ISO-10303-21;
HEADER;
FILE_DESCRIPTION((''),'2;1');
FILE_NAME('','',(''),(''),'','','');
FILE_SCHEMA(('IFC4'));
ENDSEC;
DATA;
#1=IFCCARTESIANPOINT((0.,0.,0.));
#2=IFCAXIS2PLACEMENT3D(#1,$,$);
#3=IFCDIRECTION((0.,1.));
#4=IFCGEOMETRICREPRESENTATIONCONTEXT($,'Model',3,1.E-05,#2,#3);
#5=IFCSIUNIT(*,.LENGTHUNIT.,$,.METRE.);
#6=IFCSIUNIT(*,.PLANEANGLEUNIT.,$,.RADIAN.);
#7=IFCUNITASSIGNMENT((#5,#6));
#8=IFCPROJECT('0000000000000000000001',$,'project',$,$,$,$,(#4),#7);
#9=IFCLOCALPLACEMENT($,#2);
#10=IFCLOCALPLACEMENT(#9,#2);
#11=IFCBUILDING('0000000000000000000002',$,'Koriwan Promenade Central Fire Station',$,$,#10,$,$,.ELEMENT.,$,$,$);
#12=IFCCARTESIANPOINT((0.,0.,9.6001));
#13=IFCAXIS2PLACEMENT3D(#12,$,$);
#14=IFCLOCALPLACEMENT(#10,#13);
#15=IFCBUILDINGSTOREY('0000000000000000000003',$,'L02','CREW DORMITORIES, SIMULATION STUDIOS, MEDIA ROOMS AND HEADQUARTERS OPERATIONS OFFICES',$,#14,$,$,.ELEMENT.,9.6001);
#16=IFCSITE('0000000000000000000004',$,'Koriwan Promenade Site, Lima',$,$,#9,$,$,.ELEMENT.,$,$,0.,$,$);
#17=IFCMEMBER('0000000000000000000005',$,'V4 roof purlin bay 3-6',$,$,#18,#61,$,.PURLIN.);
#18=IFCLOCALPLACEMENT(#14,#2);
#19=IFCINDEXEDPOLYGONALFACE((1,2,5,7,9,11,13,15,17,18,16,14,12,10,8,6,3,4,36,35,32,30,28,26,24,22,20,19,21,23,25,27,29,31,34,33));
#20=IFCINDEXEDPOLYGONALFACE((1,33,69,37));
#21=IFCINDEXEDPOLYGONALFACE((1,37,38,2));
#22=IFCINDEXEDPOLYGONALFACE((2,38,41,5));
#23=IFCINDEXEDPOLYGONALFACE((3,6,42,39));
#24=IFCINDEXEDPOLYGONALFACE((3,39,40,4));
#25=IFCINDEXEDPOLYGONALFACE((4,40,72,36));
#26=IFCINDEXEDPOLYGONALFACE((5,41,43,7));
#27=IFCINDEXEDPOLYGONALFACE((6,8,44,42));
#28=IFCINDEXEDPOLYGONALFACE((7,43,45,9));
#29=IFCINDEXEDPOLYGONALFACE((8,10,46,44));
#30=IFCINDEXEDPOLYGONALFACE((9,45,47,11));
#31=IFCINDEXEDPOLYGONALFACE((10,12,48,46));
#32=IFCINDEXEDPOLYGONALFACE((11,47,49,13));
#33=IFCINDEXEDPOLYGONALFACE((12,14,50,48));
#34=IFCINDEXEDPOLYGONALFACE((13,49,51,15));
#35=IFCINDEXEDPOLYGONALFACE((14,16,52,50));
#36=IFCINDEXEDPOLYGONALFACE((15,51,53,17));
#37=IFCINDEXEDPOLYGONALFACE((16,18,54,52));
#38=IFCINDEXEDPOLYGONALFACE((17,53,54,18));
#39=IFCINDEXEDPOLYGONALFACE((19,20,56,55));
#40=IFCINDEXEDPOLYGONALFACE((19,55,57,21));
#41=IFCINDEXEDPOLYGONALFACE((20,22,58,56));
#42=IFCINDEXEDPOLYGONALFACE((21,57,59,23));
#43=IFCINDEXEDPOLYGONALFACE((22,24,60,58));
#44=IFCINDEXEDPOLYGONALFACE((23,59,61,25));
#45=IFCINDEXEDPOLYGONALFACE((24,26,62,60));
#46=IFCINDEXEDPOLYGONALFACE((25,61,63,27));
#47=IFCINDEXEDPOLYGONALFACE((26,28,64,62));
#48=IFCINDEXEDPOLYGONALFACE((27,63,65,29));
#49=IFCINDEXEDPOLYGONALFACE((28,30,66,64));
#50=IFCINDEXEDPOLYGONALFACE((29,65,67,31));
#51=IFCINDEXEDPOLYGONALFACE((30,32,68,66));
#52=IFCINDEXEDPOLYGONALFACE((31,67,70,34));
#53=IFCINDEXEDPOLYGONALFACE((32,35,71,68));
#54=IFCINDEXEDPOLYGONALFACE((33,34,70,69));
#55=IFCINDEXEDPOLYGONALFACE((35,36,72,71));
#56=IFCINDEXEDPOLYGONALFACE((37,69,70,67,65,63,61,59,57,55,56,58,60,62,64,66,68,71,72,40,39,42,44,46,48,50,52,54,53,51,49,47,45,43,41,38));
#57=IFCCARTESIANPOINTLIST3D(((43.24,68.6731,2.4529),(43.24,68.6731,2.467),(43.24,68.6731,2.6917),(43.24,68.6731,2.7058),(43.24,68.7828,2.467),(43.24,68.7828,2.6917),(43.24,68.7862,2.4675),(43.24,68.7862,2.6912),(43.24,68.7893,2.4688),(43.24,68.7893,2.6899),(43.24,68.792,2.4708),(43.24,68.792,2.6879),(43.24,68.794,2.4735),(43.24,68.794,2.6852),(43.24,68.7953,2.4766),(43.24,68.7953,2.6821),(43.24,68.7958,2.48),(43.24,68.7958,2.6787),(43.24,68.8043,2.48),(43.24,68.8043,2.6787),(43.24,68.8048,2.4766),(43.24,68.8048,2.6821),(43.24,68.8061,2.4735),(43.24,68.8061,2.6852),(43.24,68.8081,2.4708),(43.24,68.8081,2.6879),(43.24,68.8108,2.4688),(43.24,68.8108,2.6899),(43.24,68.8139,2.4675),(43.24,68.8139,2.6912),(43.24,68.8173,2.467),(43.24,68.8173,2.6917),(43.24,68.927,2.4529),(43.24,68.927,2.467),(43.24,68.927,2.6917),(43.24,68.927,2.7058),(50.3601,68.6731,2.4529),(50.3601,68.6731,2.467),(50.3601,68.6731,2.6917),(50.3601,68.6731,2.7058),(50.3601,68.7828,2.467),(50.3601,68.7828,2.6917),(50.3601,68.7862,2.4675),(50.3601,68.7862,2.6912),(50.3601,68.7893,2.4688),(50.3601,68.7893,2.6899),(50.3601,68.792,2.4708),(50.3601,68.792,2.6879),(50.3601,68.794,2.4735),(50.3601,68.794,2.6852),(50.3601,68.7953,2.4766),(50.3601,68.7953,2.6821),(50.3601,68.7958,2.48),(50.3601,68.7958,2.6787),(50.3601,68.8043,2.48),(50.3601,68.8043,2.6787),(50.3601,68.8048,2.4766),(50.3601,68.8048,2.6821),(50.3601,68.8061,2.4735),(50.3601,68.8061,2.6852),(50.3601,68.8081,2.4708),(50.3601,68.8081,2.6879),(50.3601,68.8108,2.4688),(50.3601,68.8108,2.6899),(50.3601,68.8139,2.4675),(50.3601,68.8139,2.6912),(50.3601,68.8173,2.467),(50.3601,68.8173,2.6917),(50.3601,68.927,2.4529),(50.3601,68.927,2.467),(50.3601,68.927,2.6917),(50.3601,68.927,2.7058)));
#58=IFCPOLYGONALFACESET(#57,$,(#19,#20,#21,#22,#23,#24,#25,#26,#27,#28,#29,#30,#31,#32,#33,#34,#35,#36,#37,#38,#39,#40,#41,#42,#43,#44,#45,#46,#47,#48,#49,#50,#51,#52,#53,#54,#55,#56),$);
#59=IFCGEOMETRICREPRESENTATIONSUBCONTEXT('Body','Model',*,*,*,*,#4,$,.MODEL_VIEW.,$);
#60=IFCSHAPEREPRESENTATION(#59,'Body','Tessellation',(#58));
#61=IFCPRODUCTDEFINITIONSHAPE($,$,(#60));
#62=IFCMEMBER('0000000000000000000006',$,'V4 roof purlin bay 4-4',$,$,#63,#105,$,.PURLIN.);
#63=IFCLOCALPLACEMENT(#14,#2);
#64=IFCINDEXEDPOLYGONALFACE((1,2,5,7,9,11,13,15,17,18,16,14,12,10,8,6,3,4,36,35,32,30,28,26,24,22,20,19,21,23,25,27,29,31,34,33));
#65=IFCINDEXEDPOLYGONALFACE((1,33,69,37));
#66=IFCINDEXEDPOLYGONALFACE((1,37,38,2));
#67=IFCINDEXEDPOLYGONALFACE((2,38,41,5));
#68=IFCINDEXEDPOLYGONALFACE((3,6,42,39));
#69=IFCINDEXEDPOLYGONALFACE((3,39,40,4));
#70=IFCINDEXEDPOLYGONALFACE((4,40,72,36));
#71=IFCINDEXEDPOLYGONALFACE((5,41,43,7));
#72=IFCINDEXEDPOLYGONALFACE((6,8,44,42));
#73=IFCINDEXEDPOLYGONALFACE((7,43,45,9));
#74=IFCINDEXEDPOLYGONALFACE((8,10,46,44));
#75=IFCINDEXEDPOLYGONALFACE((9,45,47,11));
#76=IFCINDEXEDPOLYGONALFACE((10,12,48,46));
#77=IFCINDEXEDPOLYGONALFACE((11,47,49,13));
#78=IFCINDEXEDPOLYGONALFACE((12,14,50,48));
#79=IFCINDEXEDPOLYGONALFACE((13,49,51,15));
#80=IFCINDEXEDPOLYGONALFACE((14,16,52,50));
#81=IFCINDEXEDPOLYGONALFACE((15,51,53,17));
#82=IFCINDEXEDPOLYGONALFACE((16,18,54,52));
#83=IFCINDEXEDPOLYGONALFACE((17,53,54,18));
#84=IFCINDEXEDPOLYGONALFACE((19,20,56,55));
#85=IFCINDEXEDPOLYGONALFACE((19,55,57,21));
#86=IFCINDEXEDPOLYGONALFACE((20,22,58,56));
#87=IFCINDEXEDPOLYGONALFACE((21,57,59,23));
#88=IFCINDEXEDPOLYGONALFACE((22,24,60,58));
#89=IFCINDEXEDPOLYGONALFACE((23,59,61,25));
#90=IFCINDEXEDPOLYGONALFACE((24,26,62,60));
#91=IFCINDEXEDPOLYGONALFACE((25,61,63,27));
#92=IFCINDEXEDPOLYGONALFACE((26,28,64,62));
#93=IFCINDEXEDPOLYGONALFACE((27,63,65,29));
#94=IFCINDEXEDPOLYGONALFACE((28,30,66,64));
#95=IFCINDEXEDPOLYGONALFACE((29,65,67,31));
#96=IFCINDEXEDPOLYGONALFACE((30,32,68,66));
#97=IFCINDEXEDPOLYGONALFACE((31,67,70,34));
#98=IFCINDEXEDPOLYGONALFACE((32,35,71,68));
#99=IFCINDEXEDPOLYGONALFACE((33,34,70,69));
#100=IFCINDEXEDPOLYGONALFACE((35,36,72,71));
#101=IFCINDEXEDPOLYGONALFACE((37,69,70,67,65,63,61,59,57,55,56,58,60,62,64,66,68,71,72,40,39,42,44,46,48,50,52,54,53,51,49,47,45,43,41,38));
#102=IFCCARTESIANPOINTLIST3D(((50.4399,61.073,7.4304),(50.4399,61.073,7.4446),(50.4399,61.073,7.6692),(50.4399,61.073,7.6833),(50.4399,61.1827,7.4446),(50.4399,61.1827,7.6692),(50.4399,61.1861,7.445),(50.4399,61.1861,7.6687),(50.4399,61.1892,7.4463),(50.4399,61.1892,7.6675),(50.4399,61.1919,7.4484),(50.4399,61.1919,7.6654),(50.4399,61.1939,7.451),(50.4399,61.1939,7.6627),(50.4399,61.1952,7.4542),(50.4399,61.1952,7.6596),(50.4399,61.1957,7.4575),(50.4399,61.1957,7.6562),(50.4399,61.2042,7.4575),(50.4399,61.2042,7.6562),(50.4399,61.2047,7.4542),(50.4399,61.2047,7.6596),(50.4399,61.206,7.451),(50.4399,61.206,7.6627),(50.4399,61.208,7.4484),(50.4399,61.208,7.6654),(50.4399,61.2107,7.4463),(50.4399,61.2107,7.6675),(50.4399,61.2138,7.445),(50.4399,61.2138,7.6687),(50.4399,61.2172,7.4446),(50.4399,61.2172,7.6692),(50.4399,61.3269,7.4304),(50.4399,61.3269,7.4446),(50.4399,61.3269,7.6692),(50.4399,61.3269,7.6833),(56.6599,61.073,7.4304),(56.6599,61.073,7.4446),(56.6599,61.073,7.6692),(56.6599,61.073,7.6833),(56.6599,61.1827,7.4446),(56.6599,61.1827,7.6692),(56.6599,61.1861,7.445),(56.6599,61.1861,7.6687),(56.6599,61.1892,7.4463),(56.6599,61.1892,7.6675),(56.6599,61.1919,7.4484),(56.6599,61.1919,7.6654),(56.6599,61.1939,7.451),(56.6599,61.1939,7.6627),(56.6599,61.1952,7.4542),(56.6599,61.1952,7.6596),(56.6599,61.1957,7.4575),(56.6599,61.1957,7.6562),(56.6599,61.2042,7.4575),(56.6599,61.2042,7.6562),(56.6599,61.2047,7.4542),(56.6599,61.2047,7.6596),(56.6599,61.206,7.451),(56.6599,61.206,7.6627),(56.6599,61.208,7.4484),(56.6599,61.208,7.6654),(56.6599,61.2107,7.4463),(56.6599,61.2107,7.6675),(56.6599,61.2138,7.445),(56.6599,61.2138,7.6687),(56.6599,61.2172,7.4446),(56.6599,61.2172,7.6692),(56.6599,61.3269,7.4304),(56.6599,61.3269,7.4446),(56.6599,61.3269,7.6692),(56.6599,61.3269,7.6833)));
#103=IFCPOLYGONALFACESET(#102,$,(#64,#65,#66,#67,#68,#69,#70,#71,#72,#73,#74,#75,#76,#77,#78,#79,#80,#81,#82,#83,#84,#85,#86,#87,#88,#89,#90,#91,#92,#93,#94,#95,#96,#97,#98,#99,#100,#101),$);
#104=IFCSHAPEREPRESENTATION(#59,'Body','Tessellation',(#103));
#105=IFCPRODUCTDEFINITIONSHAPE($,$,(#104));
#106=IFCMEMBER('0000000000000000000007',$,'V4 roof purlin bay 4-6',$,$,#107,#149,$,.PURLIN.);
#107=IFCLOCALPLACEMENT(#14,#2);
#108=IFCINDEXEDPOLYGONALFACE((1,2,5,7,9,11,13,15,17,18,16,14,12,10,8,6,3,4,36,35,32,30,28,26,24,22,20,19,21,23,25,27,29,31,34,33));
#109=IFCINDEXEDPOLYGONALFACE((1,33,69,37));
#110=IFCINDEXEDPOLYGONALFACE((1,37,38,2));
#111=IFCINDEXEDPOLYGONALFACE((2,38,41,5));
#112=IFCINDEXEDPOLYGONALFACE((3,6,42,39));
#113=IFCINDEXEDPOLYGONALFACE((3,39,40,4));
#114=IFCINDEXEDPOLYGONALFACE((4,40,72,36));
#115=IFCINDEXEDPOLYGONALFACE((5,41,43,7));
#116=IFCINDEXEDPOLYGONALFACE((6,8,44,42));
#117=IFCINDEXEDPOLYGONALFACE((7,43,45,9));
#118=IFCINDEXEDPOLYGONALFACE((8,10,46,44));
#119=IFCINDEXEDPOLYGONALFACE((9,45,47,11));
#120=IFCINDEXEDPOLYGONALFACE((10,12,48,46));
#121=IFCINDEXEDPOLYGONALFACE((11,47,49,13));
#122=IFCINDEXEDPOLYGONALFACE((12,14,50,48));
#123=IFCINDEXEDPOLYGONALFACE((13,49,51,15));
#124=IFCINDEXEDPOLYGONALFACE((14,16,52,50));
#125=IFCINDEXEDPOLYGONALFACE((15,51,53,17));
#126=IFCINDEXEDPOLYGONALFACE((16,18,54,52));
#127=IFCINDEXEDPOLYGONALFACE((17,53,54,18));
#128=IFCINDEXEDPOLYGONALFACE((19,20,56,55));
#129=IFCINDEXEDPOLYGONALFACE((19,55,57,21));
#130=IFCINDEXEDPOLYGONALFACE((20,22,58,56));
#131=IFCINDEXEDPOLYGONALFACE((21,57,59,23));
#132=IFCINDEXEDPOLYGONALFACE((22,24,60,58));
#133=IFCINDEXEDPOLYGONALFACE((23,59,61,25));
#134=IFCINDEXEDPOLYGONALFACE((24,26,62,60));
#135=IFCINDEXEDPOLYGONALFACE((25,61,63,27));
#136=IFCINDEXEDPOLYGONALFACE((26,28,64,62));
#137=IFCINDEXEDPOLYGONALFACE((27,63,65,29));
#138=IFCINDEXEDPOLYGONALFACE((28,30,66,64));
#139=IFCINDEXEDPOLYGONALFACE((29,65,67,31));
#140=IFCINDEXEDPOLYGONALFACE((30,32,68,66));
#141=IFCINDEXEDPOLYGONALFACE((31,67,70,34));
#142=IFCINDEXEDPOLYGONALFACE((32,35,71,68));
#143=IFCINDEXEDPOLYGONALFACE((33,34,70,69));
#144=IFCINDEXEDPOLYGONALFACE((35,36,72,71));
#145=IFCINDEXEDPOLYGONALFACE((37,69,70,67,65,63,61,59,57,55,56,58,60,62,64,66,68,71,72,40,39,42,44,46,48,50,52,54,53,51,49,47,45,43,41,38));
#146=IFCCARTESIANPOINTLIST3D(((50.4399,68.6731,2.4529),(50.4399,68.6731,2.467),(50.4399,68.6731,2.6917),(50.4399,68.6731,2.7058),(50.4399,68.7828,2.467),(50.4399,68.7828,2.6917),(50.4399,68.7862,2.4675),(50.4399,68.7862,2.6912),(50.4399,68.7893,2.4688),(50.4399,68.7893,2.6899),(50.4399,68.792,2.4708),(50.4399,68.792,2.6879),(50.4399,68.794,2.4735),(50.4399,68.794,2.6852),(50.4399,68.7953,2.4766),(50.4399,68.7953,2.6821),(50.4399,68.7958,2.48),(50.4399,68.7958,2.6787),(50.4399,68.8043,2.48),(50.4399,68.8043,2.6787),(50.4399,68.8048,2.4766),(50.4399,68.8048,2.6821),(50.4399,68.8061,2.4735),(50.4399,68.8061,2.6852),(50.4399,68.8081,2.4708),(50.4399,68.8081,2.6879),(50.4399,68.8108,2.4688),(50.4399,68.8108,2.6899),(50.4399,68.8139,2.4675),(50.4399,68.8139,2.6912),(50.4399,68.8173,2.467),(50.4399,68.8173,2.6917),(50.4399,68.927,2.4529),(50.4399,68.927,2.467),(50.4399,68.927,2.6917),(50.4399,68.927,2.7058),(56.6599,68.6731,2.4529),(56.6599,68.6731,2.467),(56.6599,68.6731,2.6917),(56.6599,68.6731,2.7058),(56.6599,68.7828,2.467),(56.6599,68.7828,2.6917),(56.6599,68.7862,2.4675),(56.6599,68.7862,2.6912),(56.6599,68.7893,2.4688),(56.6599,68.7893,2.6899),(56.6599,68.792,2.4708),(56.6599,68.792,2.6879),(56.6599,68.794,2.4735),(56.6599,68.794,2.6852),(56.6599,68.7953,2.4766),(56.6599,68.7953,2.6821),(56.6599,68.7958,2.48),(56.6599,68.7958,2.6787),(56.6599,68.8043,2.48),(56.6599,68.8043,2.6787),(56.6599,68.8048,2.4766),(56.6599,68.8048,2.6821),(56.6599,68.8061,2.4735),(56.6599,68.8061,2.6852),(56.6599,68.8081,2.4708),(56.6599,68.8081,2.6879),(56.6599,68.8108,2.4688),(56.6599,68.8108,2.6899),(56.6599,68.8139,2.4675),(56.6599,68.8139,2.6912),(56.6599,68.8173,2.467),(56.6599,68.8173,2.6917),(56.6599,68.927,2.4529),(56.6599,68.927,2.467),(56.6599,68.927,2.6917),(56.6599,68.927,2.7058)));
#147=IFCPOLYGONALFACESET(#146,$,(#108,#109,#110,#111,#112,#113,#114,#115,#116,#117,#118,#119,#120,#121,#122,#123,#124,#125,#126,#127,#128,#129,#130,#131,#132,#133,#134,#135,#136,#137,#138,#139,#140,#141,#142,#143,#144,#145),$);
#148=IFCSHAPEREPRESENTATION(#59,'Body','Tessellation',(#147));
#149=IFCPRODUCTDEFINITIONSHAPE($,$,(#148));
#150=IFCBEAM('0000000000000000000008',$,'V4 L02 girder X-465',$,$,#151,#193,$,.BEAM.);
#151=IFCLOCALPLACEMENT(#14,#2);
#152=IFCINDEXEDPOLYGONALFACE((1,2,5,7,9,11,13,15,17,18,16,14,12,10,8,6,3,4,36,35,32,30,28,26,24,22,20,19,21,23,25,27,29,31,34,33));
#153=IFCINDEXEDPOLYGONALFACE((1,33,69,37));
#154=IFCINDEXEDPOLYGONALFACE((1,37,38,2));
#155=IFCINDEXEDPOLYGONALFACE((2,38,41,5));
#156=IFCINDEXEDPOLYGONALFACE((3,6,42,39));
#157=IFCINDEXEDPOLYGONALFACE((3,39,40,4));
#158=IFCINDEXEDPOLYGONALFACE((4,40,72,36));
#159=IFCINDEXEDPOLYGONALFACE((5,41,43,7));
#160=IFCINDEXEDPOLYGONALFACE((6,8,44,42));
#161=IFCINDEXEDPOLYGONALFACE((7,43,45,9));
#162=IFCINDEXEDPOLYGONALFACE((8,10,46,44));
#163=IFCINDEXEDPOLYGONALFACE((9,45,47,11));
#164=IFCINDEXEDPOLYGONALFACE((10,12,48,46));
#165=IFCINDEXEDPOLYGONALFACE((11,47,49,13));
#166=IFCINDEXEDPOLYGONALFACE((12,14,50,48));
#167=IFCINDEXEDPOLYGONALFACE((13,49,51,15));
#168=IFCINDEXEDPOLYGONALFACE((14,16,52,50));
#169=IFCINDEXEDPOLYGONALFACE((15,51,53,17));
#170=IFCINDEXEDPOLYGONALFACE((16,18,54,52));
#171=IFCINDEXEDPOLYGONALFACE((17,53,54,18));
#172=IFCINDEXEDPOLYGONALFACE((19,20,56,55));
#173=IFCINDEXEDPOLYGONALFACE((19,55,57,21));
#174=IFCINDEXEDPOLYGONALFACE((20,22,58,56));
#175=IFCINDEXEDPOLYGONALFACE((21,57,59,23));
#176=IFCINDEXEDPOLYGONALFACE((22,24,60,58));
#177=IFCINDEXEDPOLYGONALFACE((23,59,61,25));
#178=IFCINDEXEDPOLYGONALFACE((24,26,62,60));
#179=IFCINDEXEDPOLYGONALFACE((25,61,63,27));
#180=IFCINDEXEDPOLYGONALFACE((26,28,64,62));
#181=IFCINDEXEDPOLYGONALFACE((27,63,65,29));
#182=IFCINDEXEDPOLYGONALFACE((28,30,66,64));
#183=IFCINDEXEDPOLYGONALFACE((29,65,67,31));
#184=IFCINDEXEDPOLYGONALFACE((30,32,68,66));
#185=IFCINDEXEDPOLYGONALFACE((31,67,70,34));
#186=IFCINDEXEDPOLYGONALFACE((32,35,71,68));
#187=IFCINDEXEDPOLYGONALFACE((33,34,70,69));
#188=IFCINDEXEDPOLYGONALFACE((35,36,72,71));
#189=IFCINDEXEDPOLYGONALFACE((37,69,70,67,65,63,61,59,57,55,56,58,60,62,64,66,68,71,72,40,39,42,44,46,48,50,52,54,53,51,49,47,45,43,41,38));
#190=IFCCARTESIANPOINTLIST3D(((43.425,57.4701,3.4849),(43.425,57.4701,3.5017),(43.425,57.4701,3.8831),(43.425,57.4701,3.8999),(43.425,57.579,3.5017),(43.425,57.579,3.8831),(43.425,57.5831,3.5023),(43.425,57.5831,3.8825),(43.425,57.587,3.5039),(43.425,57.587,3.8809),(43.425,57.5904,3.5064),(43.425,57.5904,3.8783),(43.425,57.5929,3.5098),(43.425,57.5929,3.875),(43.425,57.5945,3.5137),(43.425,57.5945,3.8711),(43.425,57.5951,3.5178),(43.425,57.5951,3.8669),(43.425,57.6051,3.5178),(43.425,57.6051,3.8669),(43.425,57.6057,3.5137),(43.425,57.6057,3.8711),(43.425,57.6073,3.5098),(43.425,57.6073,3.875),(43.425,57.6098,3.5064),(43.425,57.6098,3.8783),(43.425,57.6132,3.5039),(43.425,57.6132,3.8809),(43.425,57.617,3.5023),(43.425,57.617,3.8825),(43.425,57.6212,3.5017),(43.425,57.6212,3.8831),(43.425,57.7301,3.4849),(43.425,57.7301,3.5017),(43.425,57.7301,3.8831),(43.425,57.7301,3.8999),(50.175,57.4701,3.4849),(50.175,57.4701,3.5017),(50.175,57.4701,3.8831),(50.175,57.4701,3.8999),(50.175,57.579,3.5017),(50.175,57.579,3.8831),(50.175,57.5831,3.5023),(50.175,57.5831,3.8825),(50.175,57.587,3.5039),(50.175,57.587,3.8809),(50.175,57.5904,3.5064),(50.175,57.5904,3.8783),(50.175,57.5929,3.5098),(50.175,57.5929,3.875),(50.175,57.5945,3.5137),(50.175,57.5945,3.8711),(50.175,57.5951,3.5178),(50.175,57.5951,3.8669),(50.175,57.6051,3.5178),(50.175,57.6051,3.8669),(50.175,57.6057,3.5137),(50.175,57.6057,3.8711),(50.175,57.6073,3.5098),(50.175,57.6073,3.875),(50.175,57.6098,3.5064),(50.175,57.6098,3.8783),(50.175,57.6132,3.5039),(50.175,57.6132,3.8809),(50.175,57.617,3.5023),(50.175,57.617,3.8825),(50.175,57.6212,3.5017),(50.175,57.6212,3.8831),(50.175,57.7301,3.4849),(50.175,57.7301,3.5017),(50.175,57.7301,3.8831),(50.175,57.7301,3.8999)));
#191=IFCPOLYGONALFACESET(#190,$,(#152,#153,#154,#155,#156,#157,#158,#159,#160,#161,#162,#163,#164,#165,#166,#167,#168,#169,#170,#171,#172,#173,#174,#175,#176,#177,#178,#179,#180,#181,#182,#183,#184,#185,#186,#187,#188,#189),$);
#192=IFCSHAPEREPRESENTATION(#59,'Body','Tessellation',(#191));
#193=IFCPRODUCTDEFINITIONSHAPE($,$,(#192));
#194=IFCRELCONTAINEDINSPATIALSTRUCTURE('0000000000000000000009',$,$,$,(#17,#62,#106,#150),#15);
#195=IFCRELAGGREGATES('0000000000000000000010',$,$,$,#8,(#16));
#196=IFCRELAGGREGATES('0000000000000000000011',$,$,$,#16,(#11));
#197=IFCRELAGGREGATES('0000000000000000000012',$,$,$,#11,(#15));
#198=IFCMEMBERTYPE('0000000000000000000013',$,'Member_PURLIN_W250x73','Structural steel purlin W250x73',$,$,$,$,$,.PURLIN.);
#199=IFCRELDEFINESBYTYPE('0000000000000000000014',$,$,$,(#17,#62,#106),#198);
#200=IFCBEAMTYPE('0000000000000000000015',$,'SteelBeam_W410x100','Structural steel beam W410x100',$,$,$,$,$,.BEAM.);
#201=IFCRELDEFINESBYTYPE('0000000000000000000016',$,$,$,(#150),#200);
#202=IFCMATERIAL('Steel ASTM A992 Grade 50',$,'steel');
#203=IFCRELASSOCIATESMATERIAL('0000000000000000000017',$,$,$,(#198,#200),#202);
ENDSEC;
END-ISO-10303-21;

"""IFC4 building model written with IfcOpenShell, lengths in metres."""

from ifc_helpers import new_model, si_unit, direction, frame, origin, origin_2d, place, context, subcontext, project, spatial, i_section, extrude, material, material_profile, profile_set, type_object, element, save


model = new_model("IFC4")

# Units and contexts
model_context = context("Model", 3, precision=1e-05, world=origin(), true_north=direction((0.0, 1.0)))
body_context = subcontext(model_context, "Body", "Model", "MODEL_VIEW")
ifc_project = project(units=[si_unit("LENGTHUNIT", "METRE"), si_unit("PLANEANGLEUNIT", "RADIAN")], contexts=[model_context])

# Site, building, storey
site_placement = place(None, origin())
site = spatial("IfcSite", under=ifc_project, at=site_placement, Name="Koriwan Promenade Site, Lima", CompositionType="ELEMENT", RefElevation=0.0)
building_placement = place(site_placement, origin())
building = spatial("IfcBuilding", under=site, at=building_placement, Name="Koriwan Promenade Central Fire Station", CompositionType="ELEMENT")
storey_placement = place(building_placement, frame((0.0, 0.0, 9.6001)))
storey = spatial("IfcBuildingStorey", under=building, at=storey_placement, Name="L02", Description="CREW DORMITORIES, SIMULATION STUDIOS, MEDIA ROOMS AND HEADQUARTERS OPERATIONS OFFICES", CompositionType="ELEMENT", Elevation=9.6001)

# Members
ifc_material_1 = material(Name="Steel ASTM A992 Grade 50", Category="steel")
ifc_material_profile_1 = material_profile(ifc_material_1, i_section(OverallWidth=0.2539, OverallDepth=0.2529, WebThickness=0.0085, FlangeThickness=0.0142, FilletRadius=0.0129, at=origin_2d()), Name="W250x73")
ifc_profile_set_1 = profile_set([ifc_material_profile_1], Name="Steel ASTM A992 Grade 50")
member_type_1 = type_object("IfcMemberType", Name="Member_PURLIN_W250x73", Description="Structural steel purlin W250x73", PredefinedType="PURLIN", material=ifc_profile_set_1)
for number, where, z_axis, x_axis, name in (
    (1, (43.24, 68.8, 2.5793), (1.0, 0.0, 0.0), (0.0, 1.0, 0.0), "V4 roof purlin bay 3-6"),
):
    element("IfcMember", number, at=place(storey_placement, frame(where, z_axis=z_axis, x_axis=x_axis)), inside=storey, type_object=member_type_1, Name=name, PredefinedType="PURLIN", context=body_context, shape_type="SweptSolid", body=[
        extrude(i_section(OverallWidth=0.2539, OverallDepth=0.2529, WebThickness=0.0085, FlangeThickness=0.0142, FilletRadius=0.0129, at=origin_2d()), origin(), (0.0, 0.0, 1.0), 7.1201),
    ])
for number, where, z_axis, x_axis, name in (
    (2, (50.4399, 61.2, 7.5569), (1.0, 0.0, 0.0), (0.0, 1.0, 0.0), "V4 roof purlin bay 4-4"),
    (3, (50.4399, 68.8, 2.5793), (1.0, 0.0, 0.0), (0.0, 1.0, 0.0), "V4 roof purlin bay 4-6"),
):
    element("IfcMember", number, at=place(storey_placement, frame(where, z_axis=z_axis, x_axis=x_axis)), inside=storey, type_object=member_type_1, Name=name, PredefinedType="PURLIN", context=body_context, shape_type="SweptSolid", body=[
        extrude(i_section(OverallWidth=0.2539, OverallDepth=0.2529, WebThickness=0.0085, FlangeThickness=0.0142, FilletRadius=0.0129, at=origin_2d()), origin(), (0.0, 0.0, 1.0), 6.22),
    ])

# Beam
ifc_material_profile_2 = material_profile(ifc_material_1, i_section(OverallWidth=0.26, OverallDepth=0.415, WebThickness=0.01, FlangeThickness=0.0168, FilletRadius=0.0161, at=origin_2d()), Name="W410x100")
ifc_profile_set_2 = profile_set([ifc_material_profile_2], Name="Steel ASTM A992 Grade 50")
beam_type_1 = type_object("IfcBeamType", Name="SteelBeam_W410x100", Description="Structural steel beam W410x100", PredefinedType="BEAM", material=ifc_profile_set_2)
for number, where, z_axis, x_axis, name in (
    (4, (43.425, 57.6001, 3.6924), (1.0, 0.0, 0.0), (0.0, 1.0, 0.0), "V4 L02 girder X-465"),
):
    element("IfcBeam", number, at=place(storey_placement, frame(where, z_axis=z_axis, x_axis=x_axis)), inside=storey, type_object=beam_type_1, Name=name, PredefinedType="BEAM", context=body_context, shape_type="SweptSolid", body=[
        extrude(i_section(OverallWidth=0.26, OverallDepth=0.415, WebThickness=0.01, FlangeThickness=0.0168, FilletRadius=0.0161, at=origin_2d()), origin(), (0.0, 0.0, 1.0), 6.75),
    ])

save(model, "model.ifc")
